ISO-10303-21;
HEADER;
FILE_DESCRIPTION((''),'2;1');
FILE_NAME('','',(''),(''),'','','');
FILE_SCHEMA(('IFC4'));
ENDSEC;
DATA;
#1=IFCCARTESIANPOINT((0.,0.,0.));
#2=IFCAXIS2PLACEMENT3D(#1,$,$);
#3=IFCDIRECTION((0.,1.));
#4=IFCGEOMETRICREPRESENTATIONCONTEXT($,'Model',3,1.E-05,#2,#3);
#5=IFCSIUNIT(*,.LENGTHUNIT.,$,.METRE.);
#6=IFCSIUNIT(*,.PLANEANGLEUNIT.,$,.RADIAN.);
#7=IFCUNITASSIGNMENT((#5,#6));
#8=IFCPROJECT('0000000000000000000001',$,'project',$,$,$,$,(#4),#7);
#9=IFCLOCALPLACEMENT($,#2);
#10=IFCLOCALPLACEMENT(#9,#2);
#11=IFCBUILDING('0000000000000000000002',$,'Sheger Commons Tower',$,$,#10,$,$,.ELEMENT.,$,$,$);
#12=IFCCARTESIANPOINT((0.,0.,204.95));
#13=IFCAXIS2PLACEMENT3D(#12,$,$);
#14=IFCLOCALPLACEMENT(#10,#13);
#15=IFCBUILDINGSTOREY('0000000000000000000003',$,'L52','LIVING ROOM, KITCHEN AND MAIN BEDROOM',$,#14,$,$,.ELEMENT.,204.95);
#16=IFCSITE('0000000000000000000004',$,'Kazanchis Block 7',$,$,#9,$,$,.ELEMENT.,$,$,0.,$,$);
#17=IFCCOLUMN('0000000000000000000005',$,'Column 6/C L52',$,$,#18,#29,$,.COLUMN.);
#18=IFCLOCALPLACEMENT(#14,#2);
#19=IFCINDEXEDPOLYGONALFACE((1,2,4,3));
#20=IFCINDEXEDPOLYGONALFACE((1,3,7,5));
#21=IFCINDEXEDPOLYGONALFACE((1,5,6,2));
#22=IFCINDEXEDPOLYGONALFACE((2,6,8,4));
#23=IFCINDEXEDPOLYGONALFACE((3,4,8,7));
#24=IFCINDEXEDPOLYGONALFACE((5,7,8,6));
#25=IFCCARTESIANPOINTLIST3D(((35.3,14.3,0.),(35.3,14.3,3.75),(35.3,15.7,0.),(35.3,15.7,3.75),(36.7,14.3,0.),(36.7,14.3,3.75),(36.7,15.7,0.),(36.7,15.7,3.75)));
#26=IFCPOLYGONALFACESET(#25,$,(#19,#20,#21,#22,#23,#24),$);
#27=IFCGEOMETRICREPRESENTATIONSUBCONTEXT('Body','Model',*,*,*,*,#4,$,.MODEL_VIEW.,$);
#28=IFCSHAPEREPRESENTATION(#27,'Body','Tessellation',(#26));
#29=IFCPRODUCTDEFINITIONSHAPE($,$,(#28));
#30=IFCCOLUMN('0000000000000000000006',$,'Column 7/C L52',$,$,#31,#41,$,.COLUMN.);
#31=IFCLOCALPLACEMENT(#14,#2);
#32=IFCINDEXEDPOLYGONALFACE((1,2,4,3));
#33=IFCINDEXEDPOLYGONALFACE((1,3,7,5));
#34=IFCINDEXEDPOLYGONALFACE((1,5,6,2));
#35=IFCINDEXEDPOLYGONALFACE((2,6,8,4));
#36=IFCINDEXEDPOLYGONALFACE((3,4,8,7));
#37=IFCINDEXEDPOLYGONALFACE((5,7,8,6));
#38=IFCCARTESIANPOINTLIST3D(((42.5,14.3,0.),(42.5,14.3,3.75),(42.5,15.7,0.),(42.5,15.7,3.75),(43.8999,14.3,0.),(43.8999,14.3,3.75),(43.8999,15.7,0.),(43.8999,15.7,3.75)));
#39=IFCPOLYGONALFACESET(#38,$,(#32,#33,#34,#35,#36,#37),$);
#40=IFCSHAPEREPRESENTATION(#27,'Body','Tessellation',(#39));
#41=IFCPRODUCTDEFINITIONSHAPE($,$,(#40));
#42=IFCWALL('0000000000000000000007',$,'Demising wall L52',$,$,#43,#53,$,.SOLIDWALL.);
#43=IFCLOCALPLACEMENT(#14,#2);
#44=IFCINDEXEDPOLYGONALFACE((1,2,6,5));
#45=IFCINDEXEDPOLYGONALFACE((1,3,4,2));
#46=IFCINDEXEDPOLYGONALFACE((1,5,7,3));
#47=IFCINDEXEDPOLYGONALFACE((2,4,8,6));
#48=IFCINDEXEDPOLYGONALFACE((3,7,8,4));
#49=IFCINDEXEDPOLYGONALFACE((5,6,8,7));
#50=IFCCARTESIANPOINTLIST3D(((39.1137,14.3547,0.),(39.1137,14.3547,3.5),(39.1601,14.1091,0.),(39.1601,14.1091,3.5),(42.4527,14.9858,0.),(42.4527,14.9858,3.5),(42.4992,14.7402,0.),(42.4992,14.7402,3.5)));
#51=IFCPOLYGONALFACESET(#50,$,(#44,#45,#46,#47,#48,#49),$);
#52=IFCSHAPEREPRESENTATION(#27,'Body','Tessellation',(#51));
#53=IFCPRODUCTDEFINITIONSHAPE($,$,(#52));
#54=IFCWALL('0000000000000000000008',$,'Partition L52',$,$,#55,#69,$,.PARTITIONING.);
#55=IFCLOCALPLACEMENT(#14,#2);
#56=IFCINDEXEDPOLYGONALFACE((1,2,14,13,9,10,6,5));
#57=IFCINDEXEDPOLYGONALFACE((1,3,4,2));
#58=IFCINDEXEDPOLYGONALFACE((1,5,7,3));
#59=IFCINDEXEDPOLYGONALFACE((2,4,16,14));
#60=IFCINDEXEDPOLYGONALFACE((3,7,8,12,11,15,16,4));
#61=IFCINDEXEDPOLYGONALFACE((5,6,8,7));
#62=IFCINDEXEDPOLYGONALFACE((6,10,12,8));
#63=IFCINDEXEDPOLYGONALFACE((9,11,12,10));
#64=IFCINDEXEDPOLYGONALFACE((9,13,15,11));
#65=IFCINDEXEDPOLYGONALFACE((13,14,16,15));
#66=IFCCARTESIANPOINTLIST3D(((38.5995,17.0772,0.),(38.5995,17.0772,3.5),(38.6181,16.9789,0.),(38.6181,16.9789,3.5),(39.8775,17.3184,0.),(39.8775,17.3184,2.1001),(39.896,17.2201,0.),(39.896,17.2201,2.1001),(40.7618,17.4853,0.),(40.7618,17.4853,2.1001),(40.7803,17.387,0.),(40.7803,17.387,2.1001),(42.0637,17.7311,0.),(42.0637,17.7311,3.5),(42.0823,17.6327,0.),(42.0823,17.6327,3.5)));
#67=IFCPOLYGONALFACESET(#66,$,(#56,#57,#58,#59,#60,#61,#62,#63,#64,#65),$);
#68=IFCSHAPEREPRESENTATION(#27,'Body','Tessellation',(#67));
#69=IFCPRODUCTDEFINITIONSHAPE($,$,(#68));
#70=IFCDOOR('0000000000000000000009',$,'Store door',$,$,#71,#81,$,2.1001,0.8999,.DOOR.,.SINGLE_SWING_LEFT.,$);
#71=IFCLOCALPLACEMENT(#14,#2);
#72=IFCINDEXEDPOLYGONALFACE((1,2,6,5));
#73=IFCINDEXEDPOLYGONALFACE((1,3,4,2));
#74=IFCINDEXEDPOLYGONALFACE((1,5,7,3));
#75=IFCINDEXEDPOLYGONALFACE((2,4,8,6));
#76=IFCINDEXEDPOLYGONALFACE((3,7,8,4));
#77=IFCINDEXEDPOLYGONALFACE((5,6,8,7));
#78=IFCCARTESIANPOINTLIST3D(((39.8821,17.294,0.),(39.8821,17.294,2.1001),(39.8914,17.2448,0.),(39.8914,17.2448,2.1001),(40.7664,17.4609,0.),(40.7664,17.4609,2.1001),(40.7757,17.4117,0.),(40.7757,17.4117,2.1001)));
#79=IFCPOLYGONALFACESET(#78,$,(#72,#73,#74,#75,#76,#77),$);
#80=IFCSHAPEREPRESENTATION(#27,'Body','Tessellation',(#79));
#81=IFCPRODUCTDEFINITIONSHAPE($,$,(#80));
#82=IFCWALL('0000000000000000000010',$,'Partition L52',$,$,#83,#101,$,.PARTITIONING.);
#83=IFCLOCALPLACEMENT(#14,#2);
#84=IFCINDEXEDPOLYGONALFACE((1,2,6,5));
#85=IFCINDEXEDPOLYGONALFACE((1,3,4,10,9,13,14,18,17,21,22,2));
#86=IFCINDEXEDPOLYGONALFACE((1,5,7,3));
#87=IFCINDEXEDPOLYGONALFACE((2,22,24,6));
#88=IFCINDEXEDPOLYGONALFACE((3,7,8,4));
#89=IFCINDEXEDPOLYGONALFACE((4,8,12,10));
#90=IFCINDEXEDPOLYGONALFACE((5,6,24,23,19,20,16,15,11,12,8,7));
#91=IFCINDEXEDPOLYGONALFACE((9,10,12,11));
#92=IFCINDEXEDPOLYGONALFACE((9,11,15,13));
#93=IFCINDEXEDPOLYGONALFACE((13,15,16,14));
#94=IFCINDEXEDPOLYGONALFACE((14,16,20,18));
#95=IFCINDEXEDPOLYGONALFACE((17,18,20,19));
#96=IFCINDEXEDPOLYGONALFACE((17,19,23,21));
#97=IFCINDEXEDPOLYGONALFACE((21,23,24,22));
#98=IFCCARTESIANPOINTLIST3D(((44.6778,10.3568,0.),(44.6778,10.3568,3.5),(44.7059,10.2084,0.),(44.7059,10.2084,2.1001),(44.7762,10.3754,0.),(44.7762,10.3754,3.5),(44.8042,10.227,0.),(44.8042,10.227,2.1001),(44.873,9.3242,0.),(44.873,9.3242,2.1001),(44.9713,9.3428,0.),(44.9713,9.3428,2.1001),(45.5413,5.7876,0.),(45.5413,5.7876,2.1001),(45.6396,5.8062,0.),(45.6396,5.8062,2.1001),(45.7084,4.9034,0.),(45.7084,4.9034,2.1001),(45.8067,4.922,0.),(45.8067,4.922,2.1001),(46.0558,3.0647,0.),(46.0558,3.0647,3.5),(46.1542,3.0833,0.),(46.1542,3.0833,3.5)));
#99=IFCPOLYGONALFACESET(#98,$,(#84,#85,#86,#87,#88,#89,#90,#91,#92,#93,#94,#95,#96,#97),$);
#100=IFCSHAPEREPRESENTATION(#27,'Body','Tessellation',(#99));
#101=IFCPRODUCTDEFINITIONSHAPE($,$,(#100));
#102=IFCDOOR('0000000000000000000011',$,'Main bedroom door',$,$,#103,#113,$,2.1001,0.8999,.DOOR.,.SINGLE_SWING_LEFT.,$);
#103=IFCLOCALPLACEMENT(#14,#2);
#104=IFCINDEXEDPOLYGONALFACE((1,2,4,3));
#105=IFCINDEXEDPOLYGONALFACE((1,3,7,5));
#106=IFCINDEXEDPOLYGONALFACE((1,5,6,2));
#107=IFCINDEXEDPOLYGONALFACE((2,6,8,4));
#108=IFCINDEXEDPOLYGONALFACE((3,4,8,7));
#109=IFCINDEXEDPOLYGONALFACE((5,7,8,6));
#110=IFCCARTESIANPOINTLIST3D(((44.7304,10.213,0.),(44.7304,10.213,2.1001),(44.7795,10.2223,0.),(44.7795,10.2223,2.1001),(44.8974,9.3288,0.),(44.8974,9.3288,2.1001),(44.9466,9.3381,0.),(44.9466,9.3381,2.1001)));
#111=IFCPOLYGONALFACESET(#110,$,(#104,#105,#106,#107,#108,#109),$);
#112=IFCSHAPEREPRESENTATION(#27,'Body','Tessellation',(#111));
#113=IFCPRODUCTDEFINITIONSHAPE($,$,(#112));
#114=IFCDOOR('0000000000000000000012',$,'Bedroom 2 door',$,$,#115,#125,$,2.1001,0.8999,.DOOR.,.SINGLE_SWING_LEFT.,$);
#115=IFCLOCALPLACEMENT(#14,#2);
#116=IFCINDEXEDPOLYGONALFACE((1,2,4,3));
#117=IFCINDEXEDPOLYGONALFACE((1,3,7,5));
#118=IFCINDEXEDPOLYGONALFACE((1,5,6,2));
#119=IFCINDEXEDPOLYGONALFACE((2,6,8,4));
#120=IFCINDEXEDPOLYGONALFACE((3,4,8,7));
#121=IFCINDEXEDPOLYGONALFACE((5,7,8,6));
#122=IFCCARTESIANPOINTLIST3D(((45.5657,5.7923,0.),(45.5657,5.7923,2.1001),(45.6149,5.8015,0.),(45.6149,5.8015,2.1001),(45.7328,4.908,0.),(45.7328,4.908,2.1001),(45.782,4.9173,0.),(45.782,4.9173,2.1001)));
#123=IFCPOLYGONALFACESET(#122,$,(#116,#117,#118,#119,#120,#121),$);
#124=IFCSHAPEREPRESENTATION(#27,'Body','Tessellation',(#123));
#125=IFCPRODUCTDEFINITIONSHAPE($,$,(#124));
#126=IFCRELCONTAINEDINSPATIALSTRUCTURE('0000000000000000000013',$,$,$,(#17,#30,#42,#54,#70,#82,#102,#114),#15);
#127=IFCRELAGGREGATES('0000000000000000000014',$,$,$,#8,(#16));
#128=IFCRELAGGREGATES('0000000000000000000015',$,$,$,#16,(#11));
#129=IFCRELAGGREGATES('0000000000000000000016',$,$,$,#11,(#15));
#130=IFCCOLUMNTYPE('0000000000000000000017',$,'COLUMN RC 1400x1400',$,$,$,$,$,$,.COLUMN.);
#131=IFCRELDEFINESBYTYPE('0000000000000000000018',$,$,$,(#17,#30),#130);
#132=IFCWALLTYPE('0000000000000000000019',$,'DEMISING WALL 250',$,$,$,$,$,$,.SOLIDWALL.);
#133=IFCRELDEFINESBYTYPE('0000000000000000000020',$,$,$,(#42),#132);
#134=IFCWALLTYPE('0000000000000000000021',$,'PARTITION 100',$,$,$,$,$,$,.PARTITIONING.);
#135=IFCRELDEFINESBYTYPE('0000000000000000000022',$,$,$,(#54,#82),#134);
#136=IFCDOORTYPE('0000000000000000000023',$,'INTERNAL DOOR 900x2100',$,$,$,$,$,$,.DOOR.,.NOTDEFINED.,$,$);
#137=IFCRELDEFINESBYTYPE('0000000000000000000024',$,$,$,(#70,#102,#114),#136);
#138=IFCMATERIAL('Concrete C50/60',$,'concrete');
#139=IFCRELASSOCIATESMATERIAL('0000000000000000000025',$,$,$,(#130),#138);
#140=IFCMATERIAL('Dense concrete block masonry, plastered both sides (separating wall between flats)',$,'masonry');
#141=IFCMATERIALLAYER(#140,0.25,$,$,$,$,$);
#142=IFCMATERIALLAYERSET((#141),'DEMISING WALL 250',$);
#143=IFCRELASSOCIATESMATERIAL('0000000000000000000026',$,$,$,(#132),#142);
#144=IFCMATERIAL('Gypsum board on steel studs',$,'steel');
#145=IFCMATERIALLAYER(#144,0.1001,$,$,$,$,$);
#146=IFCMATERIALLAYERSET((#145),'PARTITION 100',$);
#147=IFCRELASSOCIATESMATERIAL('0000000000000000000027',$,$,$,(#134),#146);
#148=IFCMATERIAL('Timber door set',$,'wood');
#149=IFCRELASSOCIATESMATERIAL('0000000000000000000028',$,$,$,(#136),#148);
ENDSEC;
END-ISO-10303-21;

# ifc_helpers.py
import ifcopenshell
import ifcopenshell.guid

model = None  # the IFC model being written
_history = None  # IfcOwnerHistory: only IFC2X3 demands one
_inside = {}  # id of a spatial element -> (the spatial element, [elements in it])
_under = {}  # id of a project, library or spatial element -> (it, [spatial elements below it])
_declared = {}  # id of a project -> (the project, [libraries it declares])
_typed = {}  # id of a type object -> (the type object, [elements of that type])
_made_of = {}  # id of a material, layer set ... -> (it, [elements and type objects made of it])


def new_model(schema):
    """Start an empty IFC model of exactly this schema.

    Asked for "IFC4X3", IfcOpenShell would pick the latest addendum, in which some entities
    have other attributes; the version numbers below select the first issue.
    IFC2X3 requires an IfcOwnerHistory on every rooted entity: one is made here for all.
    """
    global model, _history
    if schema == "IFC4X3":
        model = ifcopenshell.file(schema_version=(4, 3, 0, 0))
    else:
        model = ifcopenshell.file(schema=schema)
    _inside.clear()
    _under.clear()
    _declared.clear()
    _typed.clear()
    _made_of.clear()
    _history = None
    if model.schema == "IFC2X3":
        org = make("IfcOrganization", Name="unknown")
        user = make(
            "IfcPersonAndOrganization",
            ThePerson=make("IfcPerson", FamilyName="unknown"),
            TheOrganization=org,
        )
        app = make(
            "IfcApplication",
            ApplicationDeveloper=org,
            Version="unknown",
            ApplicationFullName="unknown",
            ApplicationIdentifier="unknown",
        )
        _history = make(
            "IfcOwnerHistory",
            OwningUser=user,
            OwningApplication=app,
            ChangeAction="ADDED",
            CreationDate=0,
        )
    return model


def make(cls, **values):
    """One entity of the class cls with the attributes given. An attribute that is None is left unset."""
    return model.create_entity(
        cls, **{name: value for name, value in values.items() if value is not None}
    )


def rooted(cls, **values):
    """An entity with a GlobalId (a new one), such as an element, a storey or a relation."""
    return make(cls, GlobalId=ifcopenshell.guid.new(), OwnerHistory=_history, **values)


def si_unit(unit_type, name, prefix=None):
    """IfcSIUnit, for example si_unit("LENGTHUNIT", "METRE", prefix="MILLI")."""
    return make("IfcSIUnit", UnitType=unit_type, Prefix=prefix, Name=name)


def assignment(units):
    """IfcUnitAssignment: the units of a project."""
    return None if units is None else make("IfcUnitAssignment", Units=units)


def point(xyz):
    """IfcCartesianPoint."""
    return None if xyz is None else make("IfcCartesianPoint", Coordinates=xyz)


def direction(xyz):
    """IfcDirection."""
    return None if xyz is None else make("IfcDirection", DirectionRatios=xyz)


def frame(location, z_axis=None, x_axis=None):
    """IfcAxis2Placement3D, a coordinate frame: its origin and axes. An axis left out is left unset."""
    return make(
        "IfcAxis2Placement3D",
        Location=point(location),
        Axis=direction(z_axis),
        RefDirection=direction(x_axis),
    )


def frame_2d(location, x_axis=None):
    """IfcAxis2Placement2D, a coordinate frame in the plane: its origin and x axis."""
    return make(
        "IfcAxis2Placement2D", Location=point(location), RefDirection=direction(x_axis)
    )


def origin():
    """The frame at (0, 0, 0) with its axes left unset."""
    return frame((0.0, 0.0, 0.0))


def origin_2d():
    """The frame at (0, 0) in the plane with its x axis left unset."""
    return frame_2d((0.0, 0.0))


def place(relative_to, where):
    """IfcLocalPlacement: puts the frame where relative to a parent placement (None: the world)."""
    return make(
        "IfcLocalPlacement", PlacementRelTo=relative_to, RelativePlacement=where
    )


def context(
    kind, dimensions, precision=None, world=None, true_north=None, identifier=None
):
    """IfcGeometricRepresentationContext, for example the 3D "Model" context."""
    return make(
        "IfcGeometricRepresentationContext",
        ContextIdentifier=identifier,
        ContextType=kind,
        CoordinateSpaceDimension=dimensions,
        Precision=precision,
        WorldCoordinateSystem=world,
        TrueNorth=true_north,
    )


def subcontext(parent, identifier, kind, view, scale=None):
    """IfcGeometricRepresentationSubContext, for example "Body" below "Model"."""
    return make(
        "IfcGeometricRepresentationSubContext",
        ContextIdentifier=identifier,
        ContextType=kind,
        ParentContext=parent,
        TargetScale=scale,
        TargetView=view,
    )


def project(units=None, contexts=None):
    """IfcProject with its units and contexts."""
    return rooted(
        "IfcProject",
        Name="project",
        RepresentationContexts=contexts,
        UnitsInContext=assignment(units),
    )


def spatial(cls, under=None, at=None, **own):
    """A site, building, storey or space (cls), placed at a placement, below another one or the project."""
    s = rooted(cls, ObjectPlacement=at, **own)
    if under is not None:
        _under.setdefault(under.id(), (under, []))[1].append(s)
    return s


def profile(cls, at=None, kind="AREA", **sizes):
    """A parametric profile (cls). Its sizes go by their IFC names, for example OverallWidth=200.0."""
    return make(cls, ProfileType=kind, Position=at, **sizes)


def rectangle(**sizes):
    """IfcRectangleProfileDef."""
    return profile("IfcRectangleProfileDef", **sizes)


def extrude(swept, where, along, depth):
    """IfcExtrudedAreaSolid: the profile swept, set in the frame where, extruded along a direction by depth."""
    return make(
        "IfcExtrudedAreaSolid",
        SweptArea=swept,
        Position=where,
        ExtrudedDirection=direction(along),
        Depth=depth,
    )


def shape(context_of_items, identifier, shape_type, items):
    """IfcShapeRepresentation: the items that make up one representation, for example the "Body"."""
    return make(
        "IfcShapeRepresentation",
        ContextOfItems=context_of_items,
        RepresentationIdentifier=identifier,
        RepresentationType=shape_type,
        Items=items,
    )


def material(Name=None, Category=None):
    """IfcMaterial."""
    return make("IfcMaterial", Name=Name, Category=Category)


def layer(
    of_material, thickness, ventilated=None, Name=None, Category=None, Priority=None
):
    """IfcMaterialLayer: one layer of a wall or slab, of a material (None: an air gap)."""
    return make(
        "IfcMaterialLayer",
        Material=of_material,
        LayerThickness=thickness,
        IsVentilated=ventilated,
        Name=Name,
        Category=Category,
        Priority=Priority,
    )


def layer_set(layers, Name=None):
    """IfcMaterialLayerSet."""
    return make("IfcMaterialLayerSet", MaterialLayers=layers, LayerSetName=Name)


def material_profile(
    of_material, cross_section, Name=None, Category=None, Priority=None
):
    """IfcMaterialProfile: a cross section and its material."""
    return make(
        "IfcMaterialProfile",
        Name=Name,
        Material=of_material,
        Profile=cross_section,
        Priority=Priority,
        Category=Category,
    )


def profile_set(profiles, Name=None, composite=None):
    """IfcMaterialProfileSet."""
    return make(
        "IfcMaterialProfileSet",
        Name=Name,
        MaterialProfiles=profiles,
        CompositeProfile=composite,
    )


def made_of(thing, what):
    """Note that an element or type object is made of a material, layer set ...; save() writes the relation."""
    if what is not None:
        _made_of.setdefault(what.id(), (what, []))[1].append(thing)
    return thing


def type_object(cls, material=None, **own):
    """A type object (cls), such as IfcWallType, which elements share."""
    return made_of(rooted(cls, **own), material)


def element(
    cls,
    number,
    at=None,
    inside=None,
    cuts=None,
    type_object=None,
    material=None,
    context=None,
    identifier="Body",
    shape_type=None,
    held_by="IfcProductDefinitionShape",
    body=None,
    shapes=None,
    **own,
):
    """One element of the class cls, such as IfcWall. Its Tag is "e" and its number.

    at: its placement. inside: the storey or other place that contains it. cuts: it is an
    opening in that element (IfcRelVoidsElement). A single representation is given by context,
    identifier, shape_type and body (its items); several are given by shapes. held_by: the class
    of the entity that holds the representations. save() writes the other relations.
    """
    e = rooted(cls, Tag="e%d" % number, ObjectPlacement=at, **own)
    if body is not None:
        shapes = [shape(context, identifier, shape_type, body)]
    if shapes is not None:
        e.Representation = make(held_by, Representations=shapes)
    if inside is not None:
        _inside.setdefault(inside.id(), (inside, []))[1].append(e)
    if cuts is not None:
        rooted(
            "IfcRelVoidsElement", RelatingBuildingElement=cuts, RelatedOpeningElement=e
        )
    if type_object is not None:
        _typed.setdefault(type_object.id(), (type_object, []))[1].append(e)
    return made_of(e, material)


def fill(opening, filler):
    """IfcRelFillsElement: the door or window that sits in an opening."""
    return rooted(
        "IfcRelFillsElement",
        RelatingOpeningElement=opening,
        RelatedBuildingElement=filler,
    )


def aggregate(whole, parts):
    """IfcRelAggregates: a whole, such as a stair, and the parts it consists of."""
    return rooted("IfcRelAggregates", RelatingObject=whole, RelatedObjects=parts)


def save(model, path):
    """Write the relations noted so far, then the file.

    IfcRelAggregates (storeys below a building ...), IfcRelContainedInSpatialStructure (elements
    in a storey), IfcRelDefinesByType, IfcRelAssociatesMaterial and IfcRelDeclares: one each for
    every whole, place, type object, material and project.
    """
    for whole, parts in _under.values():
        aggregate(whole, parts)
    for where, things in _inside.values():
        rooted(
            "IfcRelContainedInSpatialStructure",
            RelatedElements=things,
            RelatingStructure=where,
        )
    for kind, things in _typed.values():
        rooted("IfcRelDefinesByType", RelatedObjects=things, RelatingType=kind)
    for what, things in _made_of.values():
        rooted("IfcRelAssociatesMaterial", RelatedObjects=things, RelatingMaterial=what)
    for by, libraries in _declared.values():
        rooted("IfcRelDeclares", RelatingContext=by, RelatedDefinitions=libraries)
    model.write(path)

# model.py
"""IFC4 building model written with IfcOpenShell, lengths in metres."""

from ifc_helpers import new_model, si_unit, direction, frame, frame_2d, origin, origin_2d, place, context, subcontext, project, spatial, rectangle, extrude, material, layer, layer_set, material_profile, profile_set, type_object, element, fill, save


model = new_model("IFC4")

# Units and contexts
model_context = context("Model", 3, precision=1e-05, world=origin(), true_north=direction((0.0, 1.0)))
body_context = subcontext(model_context, "Body", "Model", "MODEL_VIEW")
ifc_project = project(units=[si_unit("LENGTHUNIT", "METRE"), si_unit("PLANEANGLEUNIT", "RADIAN")], contexts=[model_context])

# Site, building, storey
site_placement = place(None, origin())
site = spatial("IfcSite", under=ifc_project, at=site_placement, Name="Kazanchis Block 7", CompositionType="ELEMENT", RefElevation=0.0)
building_placement = place(site_placement, origin())
building = spatial("IfcBuilding", under=site, at=building_placement, Name="Sheger Commons Tower", CompositionType="ELEMENT")
storey_placement = place(building_placement, frame((0.0, 0.0, 204.95)))
storey = spatial("IfcBuildingStorey", under=building, at=storey_placement, Name="L52", Description="LIVING ROOM, KITCHEN AND MAIN BEDROOM", CompositionType="ELEMENT", Elevation=204.95)

# Columns
ifc_material_1 = material(Name="Concrete C50/60", Category="concrete")
ifc_material_profile = material_profile(ifc_material_1, rectangle(XDim=1.3999, YDim=1.3999, at=origin_2d()), Name="RC 1400x1400")
ifc_profile_set = profile_set([ifc_material_profile], Name="Concrete C50/60")
column_type = type_object("IfcColumnType", Name="COLUMN RC 1400x1400", PredefinedType="COLUMN", material=ifc_profile_set)
for number, where, z_axis, x_axis, name in (
    (1, (36.0, 15.0, 0.0), (0.0, 0.0, 1.0), (1.0, 0.0, 0.0), "Column 6/C L52"),
    (2, (43.2, 15.0, 0.0), (0.0, 0.0, 1.0), (1.0, 0.0, 0.0), "Column 7/C L52"),
):
    element("IfcColumn", number, at=place(storey_placement, frame(where, z_axis=z_axis, x_axis=x_axis)), inside=storey, type_object=column_type, Name=name, PredefinedType="COLUMN", context=body_context, shape_type="SweptSolid", body=[
        extrude(rectangle(XDim=1.3999, YDim=1.3999, at=origin_2d()), origin(), (0.0, 0.0, 1.0), 3.75),
    ])

# Wall
ifc_material_2 = material(Name="Dense concrete block masonry, plastered both sides (separating wall between flats)", Category="masonry")
ifc_layer_1 = layer(ifc_material_2, 0.25)
ifc_layer_set_1 = layer_set([ifc_layer_1], Name="DEMISING WALL 250")
wall_type_1 = type_object("IfcWallType", Name="DEMISING WALL 250", PredefinedType="SOLIDWALL", material=ifc_layer_set_1)
wall_1_placement = place(storey_placement, frame((42.4761, 14.863, 0.0), z_axis=(0.0, 0.0, 1.0), x_axis=(-0.982604, -0.185715, 0.0)))
element("IfcWall", 3, at=wall_1_placement, inside=storey, type_object=wall_type_1, Name="Demising wall L52", PredefinedType="SOLIDWALL", context=body_context, shape_type="SweptSolid", body=[
    extrude(rectangle(XDim=3.3982, YDim=0.25, at=frame_2d((1.6992, 0.0))), origin(), (0.0, 0.0, 1.0), 3.5),
])

# Wall, opening, door
ifc_material_3 = material(Name="Gypsum board on steel studs", Category="steel")
ifc_layer_2 = layer(ifc_material_3, 0.1001)
ifc_layer_set_2 = layer_set([ifc_layer_2], Name="PARTITION 100")
wall_type_2 = type_object("IfcWallType", Name="PARTITION 100", PredefinedType="PARTITIONING", material=ifc_layer_set_2)
wall_2_placement = place(storey_placement, frame((42.073, 17.6819, 0.0), z_axis=(0.0, 0.0, 1.0), x_axis=(-0.982651, -0.185463, 0.0)))
wall_2 = element("IfcWall", 4, at=wall_2_placement, inside=storey, type_object=wall_type_2, Name="Partition L52", PredefinedType="PARTITIONING", context=body_context, shape_type="SweptSolid", body=[
    extrude(rectangle(XDim=3.5254, YDim=0.1001, at=frame_2d((1.7627, 0.0))), origin(), (0.0, 0.0, 1.0), 3.5),
])
opening_1_placement = place(wall_2_placement, frame((1.325, 0.0, 0.0)))
opening_1 = element("IfcOpeningElement", 5, at=opening_1_placement, cuts=wall_2, PredefinedType="OPENING", context=body_context, shape_type="SweptSolid", body=[
    extrude(rectangle(XDim=0.8999, YDim=2.1001, at=frame_2d((0.45, 1.05))), frame((0.0, 0.0601, 0.0), z_axis=(0.0, -1.0, 0.0), x_axis=(1.0, 0.0, 0.0)), (0.0, 0.0, 1.0), 0.1201),
])
ifc_material_4 = material(Name="Timber door set", Category="wood")
door_type_1 = type_object("IfcDoorType", Name="INTERNAL DOOR 900x2100", OperationType="NOTDEFINED", PredefinedType="DOOR", material=ifc_material_4)
door_1_placement = place(opening_1_placement, origin())
door_1 = element("IfcDoor", 6, at=door_1_placement, inside=storey, type_object=door_type_1, Name="Store door", OperationType="SINGLE_SWING_LEFT", OverallHeight=2.1001, OverallWidth=0.8999, PredefinedType="DOOR", context=body_context, shape_type="SweptSolid", body=[
    extrude(rectangle(XDim=0.8999, YDim=2.1001, at=frame_2d((0.45, 1.05))), frame((0.0, 0.0249, 0.0), z_axis=(0.0, -1.0, 0.0), x_axis=(1.0, 0.0, 0.0)), (0.0, 0.0, 1.0), 0.05),
])
fill(opening_1, door_1)

# Wall, openings, doors
wall_3_placement = place(storey_placement, frame((44.7271, 10.366, 0.0), z_axis=(0.0, 0.0, 1.0), x_axis=(0.185679, -0.98261, 0.0)))
wall_3 = element("IfcWall", 7, at=wall_3_placement, inside=storey, type_object=wall_type_2, Name="Partition L52", PredefinedType="PARTITIONING", context=body_context, shape_type="SweptSolid", body=[
    extrude(rectangle(XDim=7.4211, YDim=0.1001, at=frame_2d((3.7104, 0.0))), origin(), (0.0, 0.0, 1.0), 3.5),
])
opening_2_placement = place(wall_3_placement, frame((0.1509, 0.0, 0.0)))
opening_2 = element("IfcOpeningElement", 8, at=opening_2_placement, cuts=wall_3, PredefinedType="OPENING", context=body_context, shape_type="SweptSolid", body=[
    extrude(rectangle(XDim=0.8999, YDim=2.1001, at=frame_2d((0.45, 1.05))), frame((0.0, 0.0601, 0.0), z_axis=(0.0, -1.0, 0.0), x_axis=(1.0, 0.0, 0.0)), (0.0, 0.0, 1.0), 0.1201),
])
opening_3_placement = place(wall_3_placement, frame((4.6499, 0.0, 0.0)))
opening_3 = element("IfcOpeningElement", 9, at=opening_3_placement, cuts=wall_3, PredefinedType="OPENING", context=body_context, shape_type="SweptSolid", body=[
    extrude(rectangle(XDim=0.8999, YDim=2.1001, at=frame_2d((0.45, 1.05))), frame((0.0, 0.0601, 0.0), z_axis=(0.0, -1.0, 0.0), x_axis=(1.0, 0.0, 0.0)), (0.0, 0.0, 1.0), 0.1201),
])
door_2_placement = place(opening_2_placement, origin())
door_2 = element("IfcDoor", 10, at=door_2_placement, inside=storey, type_object=door_type_1, Name="Main bedroom door", OperationType="SINGLE_SWING_LEFT", OverallHeight=2.1001, OverallWidth=0.8999, PredefinedType="DOOR", context=body_context, shape_type="SweptSolid", body=[
    extrude(rectangle(XDim=0.8999, YDim=2.1001, at=frame_2d((0.45, 1.05))), frame((0.0, 0.0249, 0.0), z_axis=(0.0, -1.0, 0.0), x_axis=(1.0, 0.0, 0.0)), (0.0, 0.0, 1.0), 0.05),
])
fill(opening_2, door_2)
door_3_placement = place(opening_3_placement, origin())
door_3 = element("IfcDoor", 11, at=door_3_placement, inside=storey, type_object=door_type_1, Name="Bedroom 2 door", OperationType="SINGLE_SWING_LEFT", OverallHeight=2.1001, OverallWidth=0.8999, PredefinedType="DOOR", context=body_context, shape_type="SweptSolid", body=[
    extrude(rectangle(XDim=0.8999, YDim=2.1001, at=frame_2d((0.45, 1.05))), frame((0.0, 0.0249, 0.0), z_axis=(0.0, -1.0, 0.0), x_axis=(1.0, 0.0, 0.0)), (0.0, 0.0, 1.0), 0.05),
])
fill(opening_3, door_3)

save(model, "model.ifc")
